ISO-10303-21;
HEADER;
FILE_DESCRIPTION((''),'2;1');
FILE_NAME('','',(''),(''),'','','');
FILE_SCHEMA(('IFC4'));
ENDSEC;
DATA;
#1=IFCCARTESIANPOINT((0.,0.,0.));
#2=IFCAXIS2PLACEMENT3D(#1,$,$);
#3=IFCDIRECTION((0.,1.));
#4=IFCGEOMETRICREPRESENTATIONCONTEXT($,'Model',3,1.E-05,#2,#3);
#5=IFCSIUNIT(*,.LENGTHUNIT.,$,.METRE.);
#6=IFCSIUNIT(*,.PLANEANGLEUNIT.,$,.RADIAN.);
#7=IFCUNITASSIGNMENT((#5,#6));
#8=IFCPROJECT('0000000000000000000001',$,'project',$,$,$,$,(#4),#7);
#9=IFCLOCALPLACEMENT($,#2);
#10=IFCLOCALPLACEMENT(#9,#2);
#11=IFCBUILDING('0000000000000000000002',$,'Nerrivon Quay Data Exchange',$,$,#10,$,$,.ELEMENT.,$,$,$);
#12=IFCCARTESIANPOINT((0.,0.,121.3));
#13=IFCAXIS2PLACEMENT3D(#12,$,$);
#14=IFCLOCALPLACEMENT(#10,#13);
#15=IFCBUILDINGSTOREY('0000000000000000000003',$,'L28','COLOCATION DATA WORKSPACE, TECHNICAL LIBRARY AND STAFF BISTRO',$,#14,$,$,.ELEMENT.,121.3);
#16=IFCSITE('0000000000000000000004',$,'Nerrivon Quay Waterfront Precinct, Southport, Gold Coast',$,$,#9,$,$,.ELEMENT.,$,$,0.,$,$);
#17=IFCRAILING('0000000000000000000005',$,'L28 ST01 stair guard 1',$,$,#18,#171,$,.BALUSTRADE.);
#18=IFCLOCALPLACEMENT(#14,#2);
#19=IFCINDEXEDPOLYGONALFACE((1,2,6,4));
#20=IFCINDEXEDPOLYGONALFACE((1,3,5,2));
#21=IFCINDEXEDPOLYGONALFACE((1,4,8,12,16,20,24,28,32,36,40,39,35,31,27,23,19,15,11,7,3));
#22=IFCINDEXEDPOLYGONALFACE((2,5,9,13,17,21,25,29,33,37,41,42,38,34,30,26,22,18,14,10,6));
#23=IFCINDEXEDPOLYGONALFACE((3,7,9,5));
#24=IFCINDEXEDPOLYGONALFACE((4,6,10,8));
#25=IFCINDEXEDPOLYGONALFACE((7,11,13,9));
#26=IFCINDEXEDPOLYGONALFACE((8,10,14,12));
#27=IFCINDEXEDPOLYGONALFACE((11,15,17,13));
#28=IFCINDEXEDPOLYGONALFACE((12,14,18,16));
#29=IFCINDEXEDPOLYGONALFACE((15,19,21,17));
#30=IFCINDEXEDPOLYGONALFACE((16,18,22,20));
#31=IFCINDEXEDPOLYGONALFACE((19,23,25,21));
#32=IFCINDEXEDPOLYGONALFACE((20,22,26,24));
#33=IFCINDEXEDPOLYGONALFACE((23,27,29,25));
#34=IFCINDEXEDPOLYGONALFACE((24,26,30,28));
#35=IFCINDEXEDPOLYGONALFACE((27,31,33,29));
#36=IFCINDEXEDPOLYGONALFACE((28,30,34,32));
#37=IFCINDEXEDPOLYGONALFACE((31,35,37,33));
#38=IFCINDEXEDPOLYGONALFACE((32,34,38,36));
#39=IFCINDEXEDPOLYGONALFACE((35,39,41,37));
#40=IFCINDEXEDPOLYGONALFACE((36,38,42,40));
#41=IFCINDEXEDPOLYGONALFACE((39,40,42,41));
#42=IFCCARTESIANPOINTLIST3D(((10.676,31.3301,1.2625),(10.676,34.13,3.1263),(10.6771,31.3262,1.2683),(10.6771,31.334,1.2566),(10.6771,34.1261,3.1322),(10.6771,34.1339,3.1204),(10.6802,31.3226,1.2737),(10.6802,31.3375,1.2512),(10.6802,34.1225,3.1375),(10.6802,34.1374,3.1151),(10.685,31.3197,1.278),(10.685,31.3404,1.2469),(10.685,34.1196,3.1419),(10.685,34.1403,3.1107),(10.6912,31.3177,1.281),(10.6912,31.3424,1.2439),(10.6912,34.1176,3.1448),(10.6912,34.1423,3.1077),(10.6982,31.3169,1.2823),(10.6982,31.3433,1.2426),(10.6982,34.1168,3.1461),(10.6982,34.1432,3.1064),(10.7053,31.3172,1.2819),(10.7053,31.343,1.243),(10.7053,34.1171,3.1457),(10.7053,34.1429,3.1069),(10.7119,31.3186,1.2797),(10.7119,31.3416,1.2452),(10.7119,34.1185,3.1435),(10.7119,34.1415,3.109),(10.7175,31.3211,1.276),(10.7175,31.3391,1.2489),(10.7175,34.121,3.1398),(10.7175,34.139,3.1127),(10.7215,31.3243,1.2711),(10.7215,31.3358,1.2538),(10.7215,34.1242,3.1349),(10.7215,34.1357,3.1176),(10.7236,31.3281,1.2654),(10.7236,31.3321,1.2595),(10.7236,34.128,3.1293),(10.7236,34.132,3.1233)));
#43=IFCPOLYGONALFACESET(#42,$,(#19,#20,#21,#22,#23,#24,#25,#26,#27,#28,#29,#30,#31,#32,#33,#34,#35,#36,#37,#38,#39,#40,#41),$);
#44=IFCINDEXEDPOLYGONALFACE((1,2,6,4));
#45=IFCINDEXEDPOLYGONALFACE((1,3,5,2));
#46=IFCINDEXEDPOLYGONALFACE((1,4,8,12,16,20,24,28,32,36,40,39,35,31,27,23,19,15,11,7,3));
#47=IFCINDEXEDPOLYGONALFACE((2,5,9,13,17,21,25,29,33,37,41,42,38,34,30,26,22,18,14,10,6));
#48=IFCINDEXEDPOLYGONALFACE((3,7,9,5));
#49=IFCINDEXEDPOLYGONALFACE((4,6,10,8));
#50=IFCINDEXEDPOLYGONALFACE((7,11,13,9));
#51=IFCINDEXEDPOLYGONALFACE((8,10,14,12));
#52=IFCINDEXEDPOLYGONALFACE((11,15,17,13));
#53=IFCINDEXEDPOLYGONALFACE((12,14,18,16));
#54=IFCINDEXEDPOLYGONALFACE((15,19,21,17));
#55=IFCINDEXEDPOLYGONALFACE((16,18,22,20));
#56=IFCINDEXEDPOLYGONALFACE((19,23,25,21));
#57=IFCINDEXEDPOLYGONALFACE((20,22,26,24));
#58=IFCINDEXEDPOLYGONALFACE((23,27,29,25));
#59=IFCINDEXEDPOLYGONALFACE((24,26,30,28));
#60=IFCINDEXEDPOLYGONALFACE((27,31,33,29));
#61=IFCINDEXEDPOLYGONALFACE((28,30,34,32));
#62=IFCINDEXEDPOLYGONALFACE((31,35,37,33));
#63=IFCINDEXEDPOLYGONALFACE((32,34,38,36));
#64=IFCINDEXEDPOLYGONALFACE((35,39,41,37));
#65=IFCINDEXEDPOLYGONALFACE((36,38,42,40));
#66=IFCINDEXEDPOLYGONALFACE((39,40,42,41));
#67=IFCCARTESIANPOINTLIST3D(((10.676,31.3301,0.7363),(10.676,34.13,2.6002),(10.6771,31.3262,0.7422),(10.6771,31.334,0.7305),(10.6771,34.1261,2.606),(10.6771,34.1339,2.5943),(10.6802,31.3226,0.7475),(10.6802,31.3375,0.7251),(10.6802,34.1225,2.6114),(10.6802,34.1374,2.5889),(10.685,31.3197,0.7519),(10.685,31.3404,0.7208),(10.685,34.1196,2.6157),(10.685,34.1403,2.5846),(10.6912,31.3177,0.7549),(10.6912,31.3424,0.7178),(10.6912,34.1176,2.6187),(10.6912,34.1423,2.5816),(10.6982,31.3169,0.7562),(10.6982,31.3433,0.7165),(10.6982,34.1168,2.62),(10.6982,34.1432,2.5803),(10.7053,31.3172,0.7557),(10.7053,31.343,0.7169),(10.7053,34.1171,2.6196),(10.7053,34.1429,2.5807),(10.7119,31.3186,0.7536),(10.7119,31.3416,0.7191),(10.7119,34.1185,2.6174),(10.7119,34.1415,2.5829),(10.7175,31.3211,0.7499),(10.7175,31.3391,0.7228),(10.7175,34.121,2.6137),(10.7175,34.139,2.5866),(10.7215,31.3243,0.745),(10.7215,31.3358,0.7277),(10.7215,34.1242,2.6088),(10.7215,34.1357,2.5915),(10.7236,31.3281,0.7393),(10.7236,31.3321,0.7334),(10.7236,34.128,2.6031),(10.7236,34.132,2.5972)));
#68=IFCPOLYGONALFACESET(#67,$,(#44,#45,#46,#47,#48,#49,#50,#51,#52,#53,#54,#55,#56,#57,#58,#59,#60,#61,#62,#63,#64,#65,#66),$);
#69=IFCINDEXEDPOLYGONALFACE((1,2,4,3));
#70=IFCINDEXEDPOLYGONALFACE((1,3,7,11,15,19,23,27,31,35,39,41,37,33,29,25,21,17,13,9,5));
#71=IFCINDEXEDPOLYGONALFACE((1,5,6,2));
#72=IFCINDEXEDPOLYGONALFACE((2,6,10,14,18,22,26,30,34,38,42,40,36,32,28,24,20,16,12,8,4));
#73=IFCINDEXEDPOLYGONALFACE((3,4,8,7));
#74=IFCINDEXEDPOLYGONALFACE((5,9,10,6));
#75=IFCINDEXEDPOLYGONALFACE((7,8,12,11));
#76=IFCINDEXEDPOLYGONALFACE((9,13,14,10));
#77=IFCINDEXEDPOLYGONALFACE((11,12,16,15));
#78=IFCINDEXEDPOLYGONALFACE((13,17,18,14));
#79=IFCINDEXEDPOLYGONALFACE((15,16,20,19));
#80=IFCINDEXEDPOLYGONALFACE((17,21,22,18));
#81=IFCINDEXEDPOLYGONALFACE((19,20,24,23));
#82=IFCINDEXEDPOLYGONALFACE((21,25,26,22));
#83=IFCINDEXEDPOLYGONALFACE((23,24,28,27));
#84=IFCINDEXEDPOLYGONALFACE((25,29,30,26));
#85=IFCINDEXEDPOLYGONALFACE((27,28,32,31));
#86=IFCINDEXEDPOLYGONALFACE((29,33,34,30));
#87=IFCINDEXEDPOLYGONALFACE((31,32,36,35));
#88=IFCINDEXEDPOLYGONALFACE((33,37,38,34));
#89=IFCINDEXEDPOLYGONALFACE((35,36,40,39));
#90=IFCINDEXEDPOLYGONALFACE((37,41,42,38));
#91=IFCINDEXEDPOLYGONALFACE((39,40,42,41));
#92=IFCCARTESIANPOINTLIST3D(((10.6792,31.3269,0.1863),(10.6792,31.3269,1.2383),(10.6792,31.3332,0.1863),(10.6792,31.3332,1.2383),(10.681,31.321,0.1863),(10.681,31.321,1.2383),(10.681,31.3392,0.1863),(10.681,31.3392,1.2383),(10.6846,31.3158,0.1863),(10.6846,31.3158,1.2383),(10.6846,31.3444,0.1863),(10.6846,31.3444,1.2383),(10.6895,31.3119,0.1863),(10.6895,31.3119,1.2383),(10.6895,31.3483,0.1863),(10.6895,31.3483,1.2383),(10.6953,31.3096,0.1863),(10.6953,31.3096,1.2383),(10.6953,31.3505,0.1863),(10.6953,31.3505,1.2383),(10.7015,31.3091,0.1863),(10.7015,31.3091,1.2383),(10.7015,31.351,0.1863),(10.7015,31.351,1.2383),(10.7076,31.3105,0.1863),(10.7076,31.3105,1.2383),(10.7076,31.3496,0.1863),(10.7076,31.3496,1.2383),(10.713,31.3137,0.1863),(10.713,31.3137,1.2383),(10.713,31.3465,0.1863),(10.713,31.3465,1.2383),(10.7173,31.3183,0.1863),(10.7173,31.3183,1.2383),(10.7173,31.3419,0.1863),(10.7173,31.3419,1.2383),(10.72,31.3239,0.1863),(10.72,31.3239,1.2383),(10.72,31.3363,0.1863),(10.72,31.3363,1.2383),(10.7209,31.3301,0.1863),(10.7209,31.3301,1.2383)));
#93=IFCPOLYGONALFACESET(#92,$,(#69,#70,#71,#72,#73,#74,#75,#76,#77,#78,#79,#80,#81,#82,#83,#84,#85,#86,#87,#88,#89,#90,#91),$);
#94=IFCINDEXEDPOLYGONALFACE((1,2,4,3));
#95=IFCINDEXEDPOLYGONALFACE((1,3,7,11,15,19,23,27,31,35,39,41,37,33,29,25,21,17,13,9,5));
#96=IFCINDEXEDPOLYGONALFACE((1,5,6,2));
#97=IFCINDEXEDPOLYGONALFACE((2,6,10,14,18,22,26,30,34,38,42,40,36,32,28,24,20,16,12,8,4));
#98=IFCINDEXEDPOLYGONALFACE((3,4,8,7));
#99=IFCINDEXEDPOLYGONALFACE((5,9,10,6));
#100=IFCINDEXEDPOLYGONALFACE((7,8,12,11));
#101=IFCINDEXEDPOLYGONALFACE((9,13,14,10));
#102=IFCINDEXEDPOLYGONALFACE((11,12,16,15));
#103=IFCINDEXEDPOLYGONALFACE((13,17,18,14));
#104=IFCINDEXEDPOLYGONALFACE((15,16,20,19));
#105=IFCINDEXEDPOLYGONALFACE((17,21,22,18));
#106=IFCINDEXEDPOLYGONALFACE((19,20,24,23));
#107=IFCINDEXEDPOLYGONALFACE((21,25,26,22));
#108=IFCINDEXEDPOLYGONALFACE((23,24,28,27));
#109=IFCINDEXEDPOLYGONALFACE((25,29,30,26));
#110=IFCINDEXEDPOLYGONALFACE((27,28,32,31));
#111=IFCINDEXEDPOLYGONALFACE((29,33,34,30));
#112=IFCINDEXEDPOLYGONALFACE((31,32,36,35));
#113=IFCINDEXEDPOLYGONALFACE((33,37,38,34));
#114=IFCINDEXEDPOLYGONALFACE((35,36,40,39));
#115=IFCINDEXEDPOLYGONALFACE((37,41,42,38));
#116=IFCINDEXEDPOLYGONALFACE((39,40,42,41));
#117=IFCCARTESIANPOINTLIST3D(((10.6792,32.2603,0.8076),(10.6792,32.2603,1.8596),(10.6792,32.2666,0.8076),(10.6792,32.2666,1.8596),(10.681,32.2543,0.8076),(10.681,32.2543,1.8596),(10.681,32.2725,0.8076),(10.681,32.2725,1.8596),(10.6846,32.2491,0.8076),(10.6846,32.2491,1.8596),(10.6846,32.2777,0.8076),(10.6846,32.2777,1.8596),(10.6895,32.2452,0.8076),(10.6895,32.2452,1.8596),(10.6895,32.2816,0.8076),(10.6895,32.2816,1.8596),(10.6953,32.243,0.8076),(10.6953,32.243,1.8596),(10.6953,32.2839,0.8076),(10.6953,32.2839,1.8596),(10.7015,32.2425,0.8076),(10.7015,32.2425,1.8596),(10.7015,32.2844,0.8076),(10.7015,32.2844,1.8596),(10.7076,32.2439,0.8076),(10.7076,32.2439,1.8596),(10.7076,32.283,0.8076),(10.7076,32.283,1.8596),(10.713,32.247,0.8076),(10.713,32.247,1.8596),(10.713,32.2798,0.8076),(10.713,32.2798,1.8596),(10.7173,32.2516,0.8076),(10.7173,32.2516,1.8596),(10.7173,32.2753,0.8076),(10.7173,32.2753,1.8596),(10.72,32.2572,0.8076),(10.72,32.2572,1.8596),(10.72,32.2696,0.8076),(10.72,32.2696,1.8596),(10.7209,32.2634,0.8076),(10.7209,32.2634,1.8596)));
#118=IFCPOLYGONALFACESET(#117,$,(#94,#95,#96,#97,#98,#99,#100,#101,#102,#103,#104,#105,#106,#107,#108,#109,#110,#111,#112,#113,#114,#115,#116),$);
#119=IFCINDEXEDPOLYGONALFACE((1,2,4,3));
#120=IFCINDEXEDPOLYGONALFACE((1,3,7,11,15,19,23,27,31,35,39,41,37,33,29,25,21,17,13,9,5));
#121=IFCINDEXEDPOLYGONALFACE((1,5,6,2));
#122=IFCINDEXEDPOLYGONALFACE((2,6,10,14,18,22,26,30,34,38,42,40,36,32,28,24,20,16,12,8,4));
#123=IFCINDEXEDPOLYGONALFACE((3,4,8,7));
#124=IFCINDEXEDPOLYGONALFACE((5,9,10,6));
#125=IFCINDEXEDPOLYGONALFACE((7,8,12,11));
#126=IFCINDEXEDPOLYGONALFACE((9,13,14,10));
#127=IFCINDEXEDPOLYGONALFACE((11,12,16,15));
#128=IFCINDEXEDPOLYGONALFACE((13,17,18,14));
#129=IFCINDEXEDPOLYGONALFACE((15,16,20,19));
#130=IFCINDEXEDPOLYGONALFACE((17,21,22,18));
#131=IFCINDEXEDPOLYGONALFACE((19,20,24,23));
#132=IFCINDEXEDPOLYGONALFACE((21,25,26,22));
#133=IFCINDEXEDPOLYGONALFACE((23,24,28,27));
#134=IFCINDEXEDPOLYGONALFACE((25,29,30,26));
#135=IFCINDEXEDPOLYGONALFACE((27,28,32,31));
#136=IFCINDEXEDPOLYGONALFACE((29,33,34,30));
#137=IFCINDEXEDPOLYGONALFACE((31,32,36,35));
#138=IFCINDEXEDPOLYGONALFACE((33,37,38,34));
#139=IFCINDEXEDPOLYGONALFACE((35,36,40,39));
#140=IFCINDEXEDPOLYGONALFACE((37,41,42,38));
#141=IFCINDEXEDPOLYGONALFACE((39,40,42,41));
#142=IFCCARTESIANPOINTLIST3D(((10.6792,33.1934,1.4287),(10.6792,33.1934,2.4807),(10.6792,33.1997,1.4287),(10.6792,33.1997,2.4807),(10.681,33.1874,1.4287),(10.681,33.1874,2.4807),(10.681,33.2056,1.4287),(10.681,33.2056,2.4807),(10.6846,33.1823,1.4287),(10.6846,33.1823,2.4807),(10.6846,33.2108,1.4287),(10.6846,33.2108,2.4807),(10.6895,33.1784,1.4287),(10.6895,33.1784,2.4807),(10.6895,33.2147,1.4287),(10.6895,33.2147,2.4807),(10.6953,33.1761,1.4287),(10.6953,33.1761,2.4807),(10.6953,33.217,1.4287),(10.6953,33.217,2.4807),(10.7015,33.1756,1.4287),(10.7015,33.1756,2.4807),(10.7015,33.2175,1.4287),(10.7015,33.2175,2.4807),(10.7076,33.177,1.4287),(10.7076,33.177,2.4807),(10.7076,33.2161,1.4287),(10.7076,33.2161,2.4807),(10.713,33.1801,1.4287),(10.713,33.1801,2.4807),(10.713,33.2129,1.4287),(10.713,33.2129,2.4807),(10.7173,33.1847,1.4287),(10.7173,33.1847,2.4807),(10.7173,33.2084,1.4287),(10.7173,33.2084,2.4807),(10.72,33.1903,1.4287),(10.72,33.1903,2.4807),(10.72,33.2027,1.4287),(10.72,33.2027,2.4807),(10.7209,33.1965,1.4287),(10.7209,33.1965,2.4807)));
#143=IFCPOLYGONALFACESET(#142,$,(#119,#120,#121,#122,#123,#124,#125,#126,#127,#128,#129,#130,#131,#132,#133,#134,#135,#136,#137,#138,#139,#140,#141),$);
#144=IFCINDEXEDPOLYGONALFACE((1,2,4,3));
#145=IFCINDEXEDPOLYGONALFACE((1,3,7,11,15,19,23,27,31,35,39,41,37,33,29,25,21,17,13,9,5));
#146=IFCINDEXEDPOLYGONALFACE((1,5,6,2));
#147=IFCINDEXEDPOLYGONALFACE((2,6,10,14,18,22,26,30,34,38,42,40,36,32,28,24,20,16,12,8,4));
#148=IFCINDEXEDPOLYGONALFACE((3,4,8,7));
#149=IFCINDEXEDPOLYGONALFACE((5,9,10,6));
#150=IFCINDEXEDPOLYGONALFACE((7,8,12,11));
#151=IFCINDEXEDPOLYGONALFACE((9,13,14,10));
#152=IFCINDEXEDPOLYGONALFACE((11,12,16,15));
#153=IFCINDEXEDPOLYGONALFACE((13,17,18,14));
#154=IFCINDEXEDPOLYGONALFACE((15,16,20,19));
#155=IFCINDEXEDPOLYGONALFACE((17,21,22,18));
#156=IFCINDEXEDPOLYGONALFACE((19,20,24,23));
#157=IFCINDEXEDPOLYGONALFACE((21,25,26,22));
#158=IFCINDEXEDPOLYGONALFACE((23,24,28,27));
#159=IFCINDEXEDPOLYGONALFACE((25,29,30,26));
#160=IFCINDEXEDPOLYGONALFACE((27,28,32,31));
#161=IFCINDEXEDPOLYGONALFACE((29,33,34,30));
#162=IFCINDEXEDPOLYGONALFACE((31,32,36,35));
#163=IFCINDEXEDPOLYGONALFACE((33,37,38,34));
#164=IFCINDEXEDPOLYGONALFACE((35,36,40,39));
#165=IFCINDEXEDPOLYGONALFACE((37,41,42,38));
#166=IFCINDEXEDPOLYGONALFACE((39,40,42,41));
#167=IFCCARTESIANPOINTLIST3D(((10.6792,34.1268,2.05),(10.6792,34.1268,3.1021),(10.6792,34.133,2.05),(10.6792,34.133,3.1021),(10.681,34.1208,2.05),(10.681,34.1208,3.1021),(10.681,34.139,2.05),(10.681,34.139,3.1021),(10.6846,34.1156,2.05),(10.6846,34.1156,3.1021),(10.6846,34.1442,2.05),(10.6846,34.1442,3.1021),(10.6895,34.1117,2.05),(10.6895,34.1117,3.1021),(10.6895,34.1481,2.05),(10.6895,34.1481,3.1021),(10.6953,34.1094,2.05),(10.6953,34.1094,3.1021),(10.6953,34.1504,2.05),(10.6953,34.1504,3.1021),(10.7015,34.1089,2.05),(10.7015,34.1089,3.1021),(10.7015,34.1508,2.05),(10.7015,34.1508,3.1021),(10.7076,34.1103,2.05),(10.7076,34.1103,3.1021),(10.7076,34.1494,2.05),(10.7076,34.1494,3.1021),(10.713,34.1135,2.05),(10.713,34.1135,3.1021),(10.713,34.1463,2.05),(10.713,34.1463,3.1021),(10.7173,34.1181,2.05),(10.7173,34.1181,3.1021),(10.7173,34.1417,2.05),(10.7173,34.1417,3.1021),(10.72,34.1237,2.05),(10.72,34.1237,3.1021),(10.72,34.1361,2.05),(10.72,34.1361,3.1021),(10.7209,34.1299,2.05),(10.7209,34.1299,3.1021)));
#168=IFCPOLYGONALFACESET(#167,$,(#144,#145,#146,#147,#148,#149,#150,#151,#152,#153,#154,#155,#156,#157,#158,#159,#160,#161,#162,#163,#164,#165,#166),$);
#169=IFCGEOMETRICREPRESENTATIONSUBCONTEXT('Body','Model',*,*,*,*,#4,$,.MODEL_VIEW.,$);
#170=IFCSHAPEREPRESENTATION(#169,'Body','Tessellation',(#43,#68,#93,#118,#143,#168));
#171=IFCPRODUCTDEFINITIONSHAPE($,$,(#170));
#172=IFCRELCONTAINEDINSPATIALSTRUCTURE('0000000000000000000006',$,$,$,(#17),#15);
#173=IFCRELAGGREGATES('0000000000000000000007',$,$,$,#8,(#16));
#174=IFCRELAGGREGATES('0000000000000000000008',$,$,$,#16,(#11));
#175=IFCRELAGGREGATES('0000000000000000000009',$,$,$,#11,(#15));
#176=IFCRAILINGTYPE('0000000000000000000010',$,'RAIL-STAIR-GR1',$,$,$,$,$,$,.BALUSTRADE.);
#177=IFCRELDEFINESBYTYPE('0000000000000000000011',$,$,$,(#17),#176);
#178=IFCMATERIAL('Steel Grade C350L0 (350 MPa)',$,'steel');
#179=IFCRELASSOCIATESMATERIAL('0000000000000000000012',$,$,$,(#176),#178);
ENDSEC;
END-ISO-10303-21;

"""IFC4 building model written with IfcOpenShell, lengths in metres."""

from ifc_helpers import new_model, si_unit, direction, frame, origin, origin_2d, place, context, subcontext, project, spatial, circle, extrude, material, type_object, element, save


model = new_model("IFC4")

# Units and contexts
model_context = context("Model", 3, precision=1e-05, world=origin(), true_north=direction((0.0, 1.0)))
body_context = subcontext(model_context, "Body", "Model", "MODEL_VIEW")
ifc_project = project(units=[si_unit("LENGTHUNIT", "METRE"), si_unit("PLANEANGLEUNIT", "RADIAN")], contexts=[model_context])

# Site, building, storey
site_placement = place(None, origin())
site = spatial("IfcSite", under=ifc_project, at=site_placement, Name="Nerrivon Quay Waterfront Precinct, Southport, Gold Coast", CompositionType="ELEMENT", RefElevation=0.0)
building_placement = place(site_placement, origin())
building = spatial("IfcBuilding", under=site, at=building_placement, Name="Nerrivon Quay Data Exchange", CompositionType="ELEMENT")
storey_placement = place(building_placement, frame((0.0, 0.0, 121.3)))
storey = spatial("IfcBuildingStorey", under=building, at=storey_placement, Name="L28", Description="COLOCATION DATA WORKSPACE, TECHNICAL LIBRARY AND STAFF BISTRO", CompositionType="ELEMENT", Elevation=121.3)

# Railing
ifc_material_1 = material(Name="Steel Grade C350L0 (350 MPa)", Category="steel")
railing_type_1 = type_object("IfcRailingType", Name="RAIL-STAIR-GR1", PredefinedType="BALUSTRADE", material=ifc_material_1)
railing_1_placement = place(storey_placement, frame((10.7, 31.3301, 0.1863)))
element("IfcRailing", 1, at=railing_1_placement, inside=storey, type_object=railing_type_1, Name="L28 ST01 stair guard 1", PredefinedType="BALUSTRADE", context=body_context, shape_type="SweptSolid", body=[
    extrude(circle(Radius=0.0239, at=origin_2d()), frame((0.0, 0.0, 1.0762), z_axis=(0.0, 0.83243, 0.554131), x_axis=(-1.0, 0.0, 0.0)), (0.0, 0.0, 1.0), 3.3635),
    extrude(circle(Radius=0.0239, at=origin_2d()), frame((0.0, 0.0, 0.55), z_axis=(0.0, 0.83243, 0.554131), x_axis=(-1.0, 0.0, 0.0)), (0.0, 0.0, 1.0), 3.3635),
    extrude(circle(Radius=0.021, at=origin_2d()), origin(), (0.0, 0.0, 1.0), 1.052),
    extrude(circle(Radius=0.021, at=origin_2d()), frame((0.0, 0.9333, 0.6213)), (0.0, 0.0, 1.0), 1.052),
    extrude(circle(Radius=0.021, at=origin_2d()), frame((0.0, 1.8665, 1.2424)), (0.0, 0.0, 1.0), 1.052),
    extrude(circle(Radius=0.021, at=origin_2d()), frame((0.0, 2.7998, 1.8638)), (0.0, 0.0, 1.0), 1.052),
])

save(model, "model.ifc")
